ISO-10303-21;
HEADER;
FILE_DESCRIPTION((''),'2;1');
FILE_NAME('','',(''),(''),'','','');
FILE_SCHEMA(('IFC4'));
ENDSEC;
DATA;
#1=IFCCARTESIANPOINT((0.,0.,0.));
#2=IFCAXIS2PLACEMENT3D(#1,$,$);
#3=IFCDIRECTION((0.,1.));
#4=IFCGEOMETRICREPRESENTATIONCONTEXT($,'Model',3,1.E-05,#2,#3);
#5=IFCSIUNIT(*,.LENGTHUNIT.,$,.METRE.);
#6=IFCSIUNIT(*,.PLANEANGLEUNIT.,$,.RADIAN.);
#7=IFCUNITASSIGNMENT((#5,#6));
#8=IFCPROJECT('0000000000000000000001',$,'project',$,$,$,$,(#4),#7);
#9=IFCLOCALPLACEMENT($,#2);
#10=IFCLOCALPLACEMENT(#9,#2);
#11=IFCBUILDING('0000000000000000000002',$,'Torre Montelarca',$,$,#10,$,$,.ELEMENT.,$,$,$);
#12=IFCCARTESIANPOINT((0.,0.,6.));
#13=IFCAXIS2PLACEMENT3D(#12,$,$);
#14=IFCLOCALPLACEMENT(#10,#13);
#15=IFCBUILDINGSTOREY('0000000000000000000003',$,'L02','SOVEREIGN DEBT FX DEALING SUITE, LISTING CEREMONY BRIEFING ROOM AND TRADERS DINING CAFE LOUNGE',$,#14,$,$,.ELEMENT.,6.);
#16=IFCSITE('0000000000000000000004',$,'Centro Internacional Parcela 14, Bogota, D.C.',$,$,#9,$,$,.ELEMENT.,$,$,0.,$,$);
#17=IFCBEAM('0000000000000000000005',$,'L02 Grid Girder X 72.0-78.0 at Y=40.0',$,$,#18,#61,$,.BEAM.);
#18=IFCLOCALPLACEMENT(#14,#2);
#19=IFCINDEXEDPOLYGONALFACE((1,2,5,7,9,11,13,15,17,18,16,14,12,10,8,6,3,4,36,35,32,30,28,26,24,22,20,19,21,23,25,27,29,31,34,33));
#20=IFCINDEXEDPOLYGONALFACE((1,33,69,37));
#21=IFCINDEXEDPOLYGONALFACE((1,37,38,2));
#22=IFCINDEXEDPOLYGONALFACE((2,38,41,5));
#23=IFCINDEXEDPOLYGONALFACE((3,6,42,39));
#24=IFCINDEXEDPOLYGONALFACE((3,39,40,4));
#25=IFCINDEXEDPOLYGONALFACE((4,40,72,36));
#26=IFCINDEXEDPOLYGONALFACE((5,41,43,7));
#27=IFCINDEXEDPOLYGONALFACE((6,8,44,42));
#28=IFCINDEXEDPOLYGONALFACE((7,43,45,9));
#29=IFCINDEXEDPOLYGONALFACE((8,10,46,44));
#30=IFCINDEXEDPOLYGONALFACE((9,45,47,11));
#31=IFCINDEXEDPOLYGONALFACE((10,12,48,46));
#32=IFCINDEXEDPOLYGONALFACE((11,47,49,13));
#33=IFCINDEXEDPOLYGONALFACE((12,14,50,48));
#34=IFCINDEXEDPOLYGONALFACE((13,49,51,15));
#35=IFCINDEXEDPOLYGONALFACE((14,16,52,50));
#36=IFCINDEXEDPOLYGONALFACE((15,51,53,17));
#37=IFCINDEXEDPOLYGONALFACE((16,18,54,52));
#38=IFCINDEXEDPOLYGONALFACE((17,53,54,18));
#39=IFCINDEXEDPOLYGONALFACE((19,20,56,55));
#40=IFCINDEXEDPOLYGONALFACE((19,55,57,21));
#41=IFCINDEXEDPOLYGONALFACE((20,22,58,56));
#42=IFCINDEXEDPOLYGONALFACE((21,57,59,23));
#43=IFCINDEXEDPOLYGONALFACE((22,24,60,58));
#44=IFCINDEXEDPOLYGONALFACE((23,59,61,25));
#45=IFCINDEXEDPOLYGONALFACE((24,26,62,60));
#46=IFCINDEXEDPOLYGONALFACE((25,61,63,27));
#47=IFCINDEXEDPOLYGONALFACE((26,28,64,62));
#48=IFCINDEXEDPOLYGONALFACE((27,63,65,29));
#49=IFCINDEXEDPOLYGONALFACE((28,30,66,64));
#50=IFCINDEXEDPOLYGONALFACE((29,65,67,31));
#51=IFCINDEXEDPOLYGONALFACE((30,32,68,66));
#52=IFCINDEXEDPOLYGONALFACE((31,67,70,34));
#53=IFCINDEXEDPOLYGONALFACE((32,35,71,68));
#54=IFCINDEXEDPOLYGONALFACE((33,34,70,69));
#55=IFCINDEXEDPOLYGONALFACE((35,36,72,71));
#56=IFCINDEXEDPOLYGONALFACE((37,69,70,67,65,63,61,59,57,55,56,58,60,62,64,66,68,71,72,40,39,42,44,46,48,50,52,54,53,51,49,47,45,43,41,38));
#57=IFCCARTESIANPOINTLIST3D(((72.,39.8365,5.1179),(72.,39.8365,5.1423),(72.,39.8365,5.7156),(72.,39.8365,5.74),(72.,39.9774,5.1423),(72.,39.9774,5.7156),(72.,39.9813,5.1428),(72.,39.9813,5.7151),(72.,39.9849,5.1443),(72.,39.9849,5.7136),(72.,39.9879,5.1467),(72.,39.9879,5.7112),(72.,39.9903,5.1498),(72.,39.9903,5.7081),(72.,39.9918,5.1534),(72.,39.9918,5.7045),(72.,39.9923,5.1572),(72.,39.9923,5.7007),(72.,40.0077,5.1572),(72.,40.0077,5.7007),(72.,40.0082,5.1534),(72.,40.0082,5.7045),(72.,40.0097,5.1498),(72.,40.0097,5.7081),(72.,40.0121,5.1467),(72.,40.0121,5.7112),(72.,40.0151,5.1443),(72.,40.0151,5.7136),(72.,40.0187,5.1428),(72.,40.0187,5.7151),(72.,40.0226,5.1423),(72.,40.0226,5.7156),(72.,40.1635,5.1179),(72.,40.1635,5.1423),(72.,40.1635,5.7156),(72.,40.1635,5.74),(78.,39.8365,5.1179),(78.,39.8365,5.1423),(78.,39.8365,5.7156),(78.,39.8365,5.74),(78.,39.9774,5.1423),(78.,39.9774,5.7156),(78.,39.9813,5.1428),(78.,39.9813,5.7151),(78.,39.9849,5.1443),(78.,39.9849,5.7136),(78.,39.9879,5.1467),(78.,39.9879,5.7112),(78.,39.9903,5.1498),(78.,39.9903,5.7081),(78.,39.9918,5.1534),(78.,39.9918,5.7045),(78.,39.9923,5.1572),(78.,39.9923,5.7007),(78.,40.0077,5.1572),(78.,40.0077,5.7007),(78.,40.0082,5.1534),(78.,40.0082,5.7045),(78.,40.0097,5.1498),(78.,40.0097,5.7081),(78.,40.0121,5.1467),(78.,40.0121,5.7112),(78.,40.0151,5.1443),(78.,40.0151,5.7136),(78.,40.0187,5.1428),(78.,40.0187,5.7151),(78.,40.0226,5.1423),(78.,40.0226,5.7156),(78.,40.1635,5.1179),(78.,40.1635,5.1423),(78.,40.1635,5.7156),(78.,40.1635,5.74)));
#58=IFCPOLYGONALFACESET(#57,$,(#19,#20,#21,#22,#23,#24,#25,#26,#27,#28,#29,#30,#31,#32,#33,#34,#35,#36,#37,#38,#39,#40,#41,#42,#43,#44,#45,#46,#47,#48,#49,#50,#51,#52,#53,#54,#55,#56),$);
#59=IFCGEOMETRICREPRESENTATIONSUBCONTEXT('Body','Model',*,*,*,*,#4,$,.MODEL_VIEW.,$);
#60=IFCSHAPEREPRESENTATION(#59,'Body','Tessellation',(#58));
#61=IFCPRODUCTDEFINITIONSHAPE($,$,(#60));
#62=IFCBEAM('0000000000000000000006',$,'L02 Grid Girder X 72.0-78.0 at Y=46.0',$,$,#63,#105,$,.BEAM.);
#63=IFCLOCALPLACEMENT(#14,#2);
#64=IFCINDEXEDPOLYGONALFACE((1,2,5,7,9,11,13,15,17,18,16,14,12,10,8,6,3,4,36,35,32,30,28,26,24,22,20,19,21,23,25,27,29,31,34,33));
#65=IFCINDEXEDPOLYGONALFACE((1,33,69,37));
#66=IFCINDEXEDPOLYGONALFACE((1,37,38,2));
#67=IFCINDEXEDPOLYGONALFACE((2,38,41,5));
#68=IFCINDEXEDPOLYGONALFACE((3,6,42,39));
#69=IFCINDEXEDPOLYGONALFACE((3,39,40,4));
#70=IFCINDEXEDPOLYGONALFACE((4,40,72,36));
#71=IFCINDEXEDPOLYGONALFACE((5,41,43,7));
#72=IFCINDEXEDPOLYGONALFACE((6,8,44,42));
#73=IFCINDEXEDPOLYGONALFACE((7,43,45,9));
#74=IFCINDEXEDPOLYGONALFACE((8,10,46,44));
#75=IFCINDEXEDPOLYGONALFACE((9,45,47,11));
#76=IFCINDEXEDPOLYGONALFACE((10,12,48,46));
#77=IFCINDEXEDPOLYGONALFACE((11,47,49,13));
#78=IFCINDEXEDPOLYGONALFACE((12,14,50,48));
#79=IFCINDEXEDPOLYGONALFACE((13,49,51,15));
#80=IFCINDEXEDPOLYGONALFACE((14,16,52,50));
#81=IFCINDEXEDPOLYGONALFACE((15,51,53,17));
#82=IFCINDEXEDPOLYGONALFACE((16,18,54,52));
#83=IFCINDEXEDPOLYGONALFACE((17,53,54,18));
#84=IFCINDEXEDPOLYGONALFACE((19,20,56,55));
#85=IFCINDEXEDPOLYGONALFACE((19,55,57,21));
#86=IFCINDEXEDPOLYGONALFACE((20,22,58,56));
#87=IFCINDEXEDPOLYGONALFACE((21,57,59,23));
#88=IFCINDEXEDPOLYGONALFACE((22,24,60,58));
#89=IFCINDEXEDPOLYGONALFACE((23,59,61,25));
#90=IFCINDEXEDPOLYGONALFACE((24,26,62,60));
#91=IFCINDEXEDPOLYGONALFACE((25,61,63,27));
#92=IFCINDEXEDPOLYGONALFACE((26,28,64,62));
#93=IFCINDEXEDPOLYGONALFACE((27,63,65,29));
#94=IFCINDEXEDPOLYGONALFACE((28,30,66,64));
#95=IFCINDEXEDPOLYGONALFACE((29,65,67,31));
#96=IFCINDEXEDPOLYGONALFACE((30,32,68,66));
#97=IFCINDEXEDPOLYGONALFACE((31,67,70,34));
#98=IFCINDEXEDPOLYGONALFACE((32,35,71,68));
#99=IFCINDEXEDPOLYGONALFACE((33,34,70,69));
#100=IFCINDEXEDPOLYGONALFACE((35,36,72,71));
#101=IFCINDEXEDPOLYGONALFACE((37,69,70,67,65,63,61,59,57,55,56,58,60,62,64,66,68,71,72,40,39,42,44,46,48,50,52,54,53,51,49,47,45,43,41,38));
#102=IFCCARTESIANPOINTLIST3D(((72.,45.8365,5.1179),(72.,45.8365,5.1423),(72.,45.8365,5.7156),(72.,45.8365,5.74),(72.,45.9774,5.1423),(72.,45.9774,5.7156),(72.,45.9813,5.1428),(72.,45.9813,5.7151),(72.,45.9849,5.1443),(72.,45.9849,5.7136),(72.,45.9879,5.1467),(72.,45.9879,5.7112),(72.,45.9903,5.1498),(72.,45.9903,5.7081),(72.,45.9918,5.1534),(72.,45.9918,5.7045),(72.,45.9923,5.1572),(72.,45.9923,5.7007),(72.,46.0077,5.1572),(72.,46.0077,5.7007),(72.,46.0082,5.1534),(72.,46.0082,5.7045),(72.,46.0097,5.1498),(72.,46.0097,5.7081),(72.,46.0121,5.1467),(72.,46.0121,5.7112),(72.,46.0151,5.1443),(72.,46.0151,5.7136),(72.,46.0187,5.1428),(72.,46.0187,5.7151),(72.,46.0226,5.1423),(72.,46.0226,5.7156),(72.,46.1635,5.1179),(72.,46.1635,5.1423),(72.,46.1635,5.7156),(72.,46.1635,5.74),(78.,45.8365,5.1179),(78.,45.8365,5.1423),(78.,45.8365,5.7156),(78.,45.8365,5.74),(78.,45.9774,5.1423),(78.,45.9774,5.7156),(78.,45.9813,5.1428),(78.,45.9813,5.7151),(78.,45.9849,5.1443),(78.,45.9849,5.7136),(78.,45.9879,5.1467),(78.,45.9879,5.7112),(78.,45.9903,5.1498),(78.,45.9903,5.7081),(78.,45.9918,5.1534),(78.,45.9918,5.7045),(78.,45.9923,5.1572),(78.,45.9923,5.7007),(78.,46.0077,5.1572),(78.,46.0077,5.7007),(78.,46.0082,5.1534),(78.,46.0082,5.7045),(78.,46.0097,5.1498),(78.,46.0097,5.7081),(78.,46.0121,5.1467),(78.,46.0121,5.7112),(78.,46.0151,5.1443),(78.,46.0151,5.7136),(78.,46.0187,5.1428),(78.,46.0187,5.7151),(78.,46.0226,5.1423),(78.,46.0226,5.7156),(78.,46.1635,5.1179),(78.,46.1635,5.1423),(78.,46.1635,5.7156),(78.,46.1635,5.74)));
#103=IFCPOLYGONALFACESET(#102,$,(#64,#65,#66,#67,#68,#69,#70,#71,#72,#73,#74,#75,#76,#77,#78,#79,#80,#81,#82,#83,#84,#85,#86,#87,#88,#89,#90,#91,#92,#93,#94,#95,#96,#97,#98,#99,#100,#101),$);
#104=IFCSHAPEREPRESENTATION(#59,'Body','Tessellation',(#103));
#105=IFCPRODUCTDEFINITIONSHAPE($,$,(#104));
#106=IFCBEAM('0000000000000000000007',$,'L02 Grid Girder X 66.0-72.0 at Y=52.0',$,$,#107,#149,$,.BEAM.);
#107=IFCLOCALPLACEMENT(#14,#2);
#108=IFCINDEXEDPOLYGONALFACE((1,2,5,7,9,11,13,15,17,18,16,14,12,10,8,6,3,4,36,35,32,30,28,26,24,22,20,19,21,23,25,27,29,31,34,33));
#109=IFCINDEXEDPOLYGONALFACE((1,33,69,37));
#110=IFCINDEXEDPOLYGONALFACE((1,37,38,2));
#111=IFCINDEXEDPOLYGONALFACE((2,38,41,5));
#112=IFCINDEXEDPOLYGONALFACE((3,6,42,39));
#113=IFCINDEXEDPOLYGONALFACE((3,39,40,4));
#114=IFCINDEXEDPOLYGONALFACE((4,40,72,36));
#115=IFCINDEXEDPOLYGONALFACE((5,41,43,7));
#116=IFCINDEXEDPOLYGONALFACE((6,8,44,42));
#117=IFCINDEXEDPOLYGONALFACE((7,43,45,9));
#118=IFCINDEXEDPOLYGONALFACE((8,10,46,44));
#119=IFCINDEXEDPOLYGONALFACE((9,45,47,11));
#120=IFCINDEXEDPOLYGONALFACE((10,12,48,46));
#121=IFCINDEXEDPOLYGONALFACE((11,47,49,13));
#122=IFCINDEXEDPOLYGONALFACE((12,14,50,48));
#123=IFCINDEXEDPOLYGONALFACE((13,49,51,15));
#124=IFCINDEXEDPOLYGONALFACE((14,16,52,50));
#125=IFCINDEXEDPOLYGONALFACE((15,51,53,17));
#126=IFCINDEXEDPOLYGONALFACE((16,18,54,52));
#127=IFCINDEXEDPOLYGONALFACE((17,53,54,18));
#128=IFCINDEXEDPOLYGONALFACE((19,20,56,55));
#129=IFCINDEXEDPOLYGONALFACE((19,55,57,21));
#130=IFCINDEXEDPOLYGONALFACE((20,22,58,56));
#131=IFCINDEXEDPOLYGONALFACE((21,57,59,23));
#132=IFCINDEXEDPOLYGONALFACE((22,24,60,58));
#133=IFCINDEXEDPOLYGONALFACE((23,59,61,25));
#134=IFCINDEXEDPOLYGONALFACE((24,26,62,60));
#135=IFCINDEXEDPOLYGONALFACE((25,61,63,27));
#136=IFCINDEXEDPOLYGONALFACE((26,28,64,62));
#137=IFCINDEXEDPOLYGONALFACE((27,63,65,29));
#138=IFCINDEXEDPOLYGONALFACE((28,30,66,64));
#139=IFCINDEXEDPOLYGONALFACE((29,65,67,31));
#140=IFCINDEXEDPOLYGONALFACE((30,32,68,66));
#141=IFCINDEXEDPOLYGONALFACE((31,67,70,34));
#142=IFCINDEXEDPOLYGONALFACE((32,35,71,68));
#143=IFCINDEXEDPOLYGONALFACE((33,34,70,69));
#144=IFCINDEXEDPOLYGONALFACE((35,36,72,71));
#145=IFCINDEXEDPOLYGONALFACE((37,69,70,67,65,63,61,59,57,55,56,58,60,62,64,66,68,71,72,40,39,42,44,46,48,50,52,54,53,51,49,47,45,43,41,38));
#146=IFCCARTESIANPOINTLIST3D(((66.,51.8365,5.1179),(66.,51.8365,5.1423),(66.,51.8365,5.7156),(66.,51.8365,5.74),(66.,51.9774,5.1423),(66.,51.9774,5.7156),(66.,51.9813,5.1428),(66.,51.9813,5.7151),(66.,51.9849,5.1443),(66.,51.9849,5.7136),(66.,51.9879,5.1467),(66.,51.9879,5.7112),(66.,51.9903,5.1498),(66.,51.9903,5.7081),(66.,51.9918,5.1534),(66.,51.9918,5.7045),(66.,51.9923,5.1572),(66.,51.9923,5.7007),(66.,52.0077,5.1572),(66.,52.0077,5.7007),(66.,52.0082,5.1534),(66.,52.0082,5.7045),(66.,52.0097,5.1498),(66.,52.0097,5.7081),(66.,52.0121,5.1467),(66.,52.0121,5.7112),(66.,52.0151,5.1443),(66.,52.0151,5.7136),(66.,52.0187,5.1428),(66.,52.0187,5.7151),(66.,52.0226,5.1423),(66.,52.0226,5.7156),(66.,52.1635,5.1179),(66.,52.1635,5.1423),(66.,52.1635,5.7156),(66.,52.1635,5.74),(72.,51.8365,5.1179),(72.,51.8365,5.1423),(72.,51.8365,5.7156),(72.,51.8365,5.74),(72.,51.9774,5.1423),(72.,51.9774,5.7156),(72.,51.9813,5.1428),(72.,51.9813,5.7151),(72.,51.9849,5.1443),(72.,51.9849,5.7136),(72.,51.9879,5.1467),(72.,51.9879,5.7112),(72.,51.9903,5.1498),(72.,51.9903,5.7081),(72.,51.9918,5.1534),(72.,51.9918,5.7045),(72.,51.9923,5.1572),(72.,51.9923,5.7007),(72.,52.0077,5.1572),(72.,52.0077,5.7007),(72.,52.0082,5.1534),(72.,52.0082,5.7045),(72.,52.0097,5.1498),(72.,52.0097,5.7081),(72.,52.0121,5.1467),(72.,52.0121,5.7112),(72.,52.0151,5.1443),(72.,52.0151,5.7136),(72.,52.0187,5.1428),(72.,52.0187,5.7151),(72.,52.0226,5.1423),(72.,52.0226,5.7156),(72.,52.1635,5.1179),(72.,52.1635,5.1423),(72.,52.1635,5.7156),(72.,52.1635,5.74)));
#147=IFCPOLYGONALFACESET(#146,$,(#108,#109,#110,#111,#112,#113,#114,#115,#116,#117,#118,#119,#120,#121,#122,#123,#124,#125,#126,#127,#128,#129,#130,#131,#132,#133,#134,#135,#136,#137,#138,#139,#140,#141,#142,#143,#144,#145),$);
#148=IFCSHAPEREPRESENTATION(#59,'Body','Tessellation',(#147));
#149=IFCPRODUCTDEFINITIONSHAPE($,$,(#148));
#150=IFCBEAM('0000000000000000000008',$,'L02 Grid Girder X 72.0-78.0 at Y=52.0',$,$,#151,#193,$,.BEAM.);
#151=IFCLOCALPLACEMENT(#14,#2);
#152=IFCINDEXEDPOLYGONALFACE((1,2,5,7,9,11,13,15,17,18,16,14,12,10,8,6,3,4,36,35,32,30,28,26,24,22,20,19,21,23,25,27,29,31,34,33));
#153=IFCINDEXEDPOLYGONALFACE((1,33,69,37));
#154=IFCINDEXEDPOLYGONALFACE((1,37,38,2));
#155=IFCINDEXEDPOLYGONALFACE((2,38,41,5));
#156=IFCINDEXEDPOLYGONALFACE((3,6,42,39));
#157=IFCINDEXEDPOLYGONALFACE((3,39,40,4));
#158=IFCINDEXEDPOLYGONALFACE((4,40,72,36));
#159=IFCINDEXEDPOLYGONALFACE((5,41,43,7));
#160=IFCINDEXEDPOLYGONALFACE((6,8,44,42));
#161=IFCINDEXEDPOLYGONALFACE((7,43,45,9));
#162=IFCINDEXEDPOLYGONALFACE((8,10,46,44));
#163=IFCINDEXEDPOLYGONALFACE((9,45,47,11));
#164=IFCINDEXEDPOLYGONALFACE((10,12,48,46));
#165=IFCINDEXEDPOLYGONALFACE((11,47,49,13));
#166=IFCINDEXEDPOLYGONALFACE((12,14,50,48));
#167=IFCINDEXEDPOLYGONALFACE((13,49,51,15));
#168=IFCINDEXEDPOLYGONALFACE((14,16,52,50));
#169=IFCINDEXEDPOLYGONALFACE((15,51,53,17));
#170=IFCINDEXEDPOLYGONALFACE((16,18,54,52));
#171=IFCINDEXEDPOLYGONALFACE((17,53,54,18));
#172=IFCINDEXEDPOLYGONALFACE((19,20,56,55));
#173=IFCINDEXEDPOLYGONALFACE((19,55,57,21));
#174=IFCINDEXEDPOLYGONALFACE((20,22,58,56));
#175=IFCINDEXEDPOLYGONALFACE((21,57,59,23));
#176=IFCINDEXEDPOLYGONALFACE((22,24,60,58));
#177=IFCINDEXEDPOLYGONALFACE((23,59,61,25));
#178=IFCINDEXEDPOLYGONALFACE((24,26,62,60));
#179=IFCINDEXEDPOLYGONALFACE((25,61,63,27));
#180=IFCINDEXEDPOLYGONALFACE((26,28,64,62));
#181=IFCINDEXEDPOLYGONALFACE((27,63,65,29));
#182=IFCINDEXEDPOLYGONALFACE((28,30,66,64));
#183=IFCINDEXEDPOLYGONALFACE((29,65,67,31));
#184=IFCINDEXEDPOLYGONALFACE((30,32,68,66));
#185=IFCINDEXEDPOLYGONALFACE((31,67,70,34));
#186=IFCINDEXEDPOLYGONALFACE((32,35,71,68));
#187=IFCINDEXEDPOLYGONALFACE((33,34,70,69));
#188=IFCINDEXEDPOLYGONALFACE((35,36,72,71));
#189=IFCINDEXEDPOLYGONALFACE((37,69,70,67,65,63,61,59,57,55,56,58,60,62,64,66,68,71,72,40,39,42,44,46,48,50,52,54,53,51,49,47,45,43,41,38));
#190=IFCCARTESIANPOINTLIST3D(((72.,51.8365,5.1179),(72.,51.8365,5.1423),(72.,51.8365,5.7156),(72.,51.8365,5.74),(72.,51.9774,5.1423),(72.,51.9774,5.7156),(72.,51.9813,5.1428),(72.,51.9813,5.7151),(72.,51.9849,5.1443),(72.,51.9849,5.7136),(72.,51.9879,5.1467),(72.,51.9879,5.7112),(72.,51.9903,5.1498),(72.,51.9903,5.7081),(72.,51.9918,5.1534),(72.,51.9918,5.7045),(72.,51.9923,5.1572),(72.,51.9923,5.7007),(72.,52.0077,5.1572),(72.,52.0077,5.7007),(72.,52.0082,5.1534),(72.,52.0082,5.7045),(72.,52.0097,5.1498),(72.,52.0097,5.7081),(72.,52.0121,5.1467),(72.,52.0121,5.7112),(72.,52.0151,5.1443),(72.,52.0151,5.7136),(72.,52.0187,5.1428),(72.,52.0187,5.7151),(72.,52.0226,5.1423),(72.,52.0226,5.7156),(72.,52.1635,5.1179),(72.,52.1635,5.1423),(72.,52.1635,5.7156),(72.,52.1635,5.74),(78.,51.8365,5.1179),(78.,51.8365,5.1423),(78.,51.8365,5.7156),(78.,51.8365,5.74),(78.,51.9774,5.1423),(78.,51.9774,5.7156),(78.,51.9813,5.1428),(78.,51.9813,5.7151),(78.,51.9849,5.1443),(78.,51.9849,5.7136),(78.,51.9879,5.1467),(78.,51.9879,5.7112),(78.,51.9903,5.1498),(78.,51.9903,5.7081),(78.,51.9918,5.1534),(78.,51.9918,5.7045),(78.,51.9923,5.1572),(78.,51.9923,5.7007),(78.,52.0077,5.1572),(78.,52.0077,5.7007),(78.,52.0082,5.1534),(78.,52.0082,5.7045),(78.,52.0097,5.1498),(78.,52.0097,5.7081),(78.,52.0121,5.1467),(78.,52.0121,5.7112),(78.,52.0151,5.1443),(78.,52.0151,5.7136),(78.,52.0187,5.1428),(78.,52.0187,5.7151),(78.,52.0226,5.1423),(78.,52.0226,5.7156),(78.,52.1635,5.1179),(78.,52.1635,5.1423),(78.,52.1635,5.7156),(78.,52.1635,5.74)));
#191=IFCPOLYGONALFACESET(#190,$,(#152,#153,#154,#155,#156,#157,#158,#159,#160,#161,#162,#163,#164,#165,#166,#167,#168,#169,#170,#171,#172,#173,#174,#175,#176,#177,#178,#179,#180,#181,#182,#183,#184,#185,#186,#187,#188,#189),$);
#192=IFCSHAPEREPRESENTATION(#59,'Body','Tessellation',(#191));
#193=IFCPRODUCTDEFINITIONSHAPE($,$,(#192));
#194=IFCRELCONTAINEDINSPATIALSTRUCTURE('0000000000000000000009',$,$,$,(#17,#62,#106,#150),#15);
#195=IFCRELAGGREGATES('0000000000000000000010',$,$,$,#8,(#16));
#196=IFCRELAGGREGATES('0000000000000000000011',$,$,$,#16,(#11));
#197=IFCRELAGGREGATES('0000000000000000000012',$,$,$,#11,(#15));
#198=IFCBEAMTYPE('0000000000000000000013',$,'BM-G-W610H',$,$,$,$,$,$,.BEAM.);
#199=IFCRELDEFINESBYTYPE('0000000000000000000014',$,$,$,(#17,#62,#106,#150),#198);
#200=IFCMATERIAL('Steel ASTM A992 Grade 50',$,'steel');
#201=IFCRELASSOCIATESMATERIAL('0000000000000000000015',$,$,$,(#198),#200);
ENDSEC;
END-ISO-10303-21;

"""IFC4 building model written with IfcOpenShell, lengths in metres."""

from ifc_helpers import new_model, si_unit, direction, frame, origin, origin_2d, place, context, subcontext, project, spatial, i_section, extrude, source, transform, mapped, material, material_profile, profile_set, type_object, element, save


model = new_model("IFC4")

# Units and contexts
model_context = context("Model", 3, precision=1e-05, world=origin(), true_north=direction((0.0, 1.0)))
body_context = subcontext(model_context, "Body", "Model", "MODEL_VIEW")
ifc_project = project(units=[si_unit("LENGTHUNIT", "METRE"), si_unit("PLANEANGLEUNIT", "RADIAN")], contexts=[model_context])

# Site, building, storey
site_placement = place(None, origin())
site = spatial("IfcSite", under=ifc_project, at=site_placement, Name="Centro Internacional Parcela 14, Bogota, D.C.", CompositionType="ELEMENT", RefElevation=0.0)
building_placement = place(site_placement, origin())
building = spatial("IfcBuilding", under=site, at=building_placement, Name="Torre Montelarca", CompositionType="ELEMENT")
storey_placement = place(building_placement, frame((0.0, 0.0, 6.0)))
storey = spatial("IfcBuildingStorey", under=building, at=storey_placement, Name="L02", Description="SOVEREIGN DEBT FX DEALING SUITE, LISTING CEREMONY BRIEFING ROOM AND TRADERS DINING CAFE LOUNGE", CompositionType="ELEMENT", Elevation=6.0)

# Shared definitions
ifc_material_1 = material(Name="Steel ASTM A992 Grade 50", Category="steel")

# Beams
ifc_material_profile_1 = material_profile(ifc_material_1, i_section(OverallWidth=0.3269, OverallDepth=0.6221, WebThickness=0.0154, FlangeThickness=0.0244, FilletRadius=0.0149, at=origin_2d()), Name="W610X195", Category="steel")
ifc_profile_set_1 = profile_set([ifc_material_profile_1], Name="Steel ASTM A992 Grade 50")
beam_type_1 = type_object("IfcBeamType", Name="BM-G-W610H", PredefinedType="BEAM", material=ifc_profile_set_1)
shared_shape_1 = source(origin(), body_context, "Body", "SweptSolid", [
    extrude(i_section(OverallWidth=0.3269, OverallDepth=0.6221, WebThickness=0.0154, FlangeThickness=0.0244, FilletRadius=0.0149, at=origin_2d()), origin(), (0.0, 0.0, 1.0), 6.0),
])
for number, where, z_axis, x_axis, name in (
    (1, (72.0, 40.0, 5.429), (1.0, 0.0, 0.0), (0.0, 1.0, 0.0), "L02 Grid Girder X 72.0-78.0 at Y=40.0"),
    (2, (72.0, 46.0, 5.429), (1.0, 0.0, 0.0), (0.0, 1.0, 0.0), "L02 Grid Girder X 72.0-78.0 at Y=46.0"),
    (3, (66.0, 52.0, 5.429), (1.0, 0.0, 0.0), (0.0, 1.0, 0.0), "L02 Grid Girder X 66.0-72.0 at Y=52.0"),
    (4, (72.0, 52.0, 5.429), (1.0, 0.0, 0.0), (0.0, 1.0, 0.0), "L02 Grid Girder X 72.0-78.0 at Y=52.0"),
):
    element("IfcBeam", number, at=place(storey_placement, frame(where, z_axis=z_axis, x_axis=x_axis)), inside=storey, type_object=beam_type_1, Name=name, PredefinedType="BEAM", context=body_context, shape_type="MappedRepresentation", body=[
        mapped(shared_shape_1, transform((0.0, 0.0, 0.0), scale=1.0)),
    ])

save(model, "model.ifc")
